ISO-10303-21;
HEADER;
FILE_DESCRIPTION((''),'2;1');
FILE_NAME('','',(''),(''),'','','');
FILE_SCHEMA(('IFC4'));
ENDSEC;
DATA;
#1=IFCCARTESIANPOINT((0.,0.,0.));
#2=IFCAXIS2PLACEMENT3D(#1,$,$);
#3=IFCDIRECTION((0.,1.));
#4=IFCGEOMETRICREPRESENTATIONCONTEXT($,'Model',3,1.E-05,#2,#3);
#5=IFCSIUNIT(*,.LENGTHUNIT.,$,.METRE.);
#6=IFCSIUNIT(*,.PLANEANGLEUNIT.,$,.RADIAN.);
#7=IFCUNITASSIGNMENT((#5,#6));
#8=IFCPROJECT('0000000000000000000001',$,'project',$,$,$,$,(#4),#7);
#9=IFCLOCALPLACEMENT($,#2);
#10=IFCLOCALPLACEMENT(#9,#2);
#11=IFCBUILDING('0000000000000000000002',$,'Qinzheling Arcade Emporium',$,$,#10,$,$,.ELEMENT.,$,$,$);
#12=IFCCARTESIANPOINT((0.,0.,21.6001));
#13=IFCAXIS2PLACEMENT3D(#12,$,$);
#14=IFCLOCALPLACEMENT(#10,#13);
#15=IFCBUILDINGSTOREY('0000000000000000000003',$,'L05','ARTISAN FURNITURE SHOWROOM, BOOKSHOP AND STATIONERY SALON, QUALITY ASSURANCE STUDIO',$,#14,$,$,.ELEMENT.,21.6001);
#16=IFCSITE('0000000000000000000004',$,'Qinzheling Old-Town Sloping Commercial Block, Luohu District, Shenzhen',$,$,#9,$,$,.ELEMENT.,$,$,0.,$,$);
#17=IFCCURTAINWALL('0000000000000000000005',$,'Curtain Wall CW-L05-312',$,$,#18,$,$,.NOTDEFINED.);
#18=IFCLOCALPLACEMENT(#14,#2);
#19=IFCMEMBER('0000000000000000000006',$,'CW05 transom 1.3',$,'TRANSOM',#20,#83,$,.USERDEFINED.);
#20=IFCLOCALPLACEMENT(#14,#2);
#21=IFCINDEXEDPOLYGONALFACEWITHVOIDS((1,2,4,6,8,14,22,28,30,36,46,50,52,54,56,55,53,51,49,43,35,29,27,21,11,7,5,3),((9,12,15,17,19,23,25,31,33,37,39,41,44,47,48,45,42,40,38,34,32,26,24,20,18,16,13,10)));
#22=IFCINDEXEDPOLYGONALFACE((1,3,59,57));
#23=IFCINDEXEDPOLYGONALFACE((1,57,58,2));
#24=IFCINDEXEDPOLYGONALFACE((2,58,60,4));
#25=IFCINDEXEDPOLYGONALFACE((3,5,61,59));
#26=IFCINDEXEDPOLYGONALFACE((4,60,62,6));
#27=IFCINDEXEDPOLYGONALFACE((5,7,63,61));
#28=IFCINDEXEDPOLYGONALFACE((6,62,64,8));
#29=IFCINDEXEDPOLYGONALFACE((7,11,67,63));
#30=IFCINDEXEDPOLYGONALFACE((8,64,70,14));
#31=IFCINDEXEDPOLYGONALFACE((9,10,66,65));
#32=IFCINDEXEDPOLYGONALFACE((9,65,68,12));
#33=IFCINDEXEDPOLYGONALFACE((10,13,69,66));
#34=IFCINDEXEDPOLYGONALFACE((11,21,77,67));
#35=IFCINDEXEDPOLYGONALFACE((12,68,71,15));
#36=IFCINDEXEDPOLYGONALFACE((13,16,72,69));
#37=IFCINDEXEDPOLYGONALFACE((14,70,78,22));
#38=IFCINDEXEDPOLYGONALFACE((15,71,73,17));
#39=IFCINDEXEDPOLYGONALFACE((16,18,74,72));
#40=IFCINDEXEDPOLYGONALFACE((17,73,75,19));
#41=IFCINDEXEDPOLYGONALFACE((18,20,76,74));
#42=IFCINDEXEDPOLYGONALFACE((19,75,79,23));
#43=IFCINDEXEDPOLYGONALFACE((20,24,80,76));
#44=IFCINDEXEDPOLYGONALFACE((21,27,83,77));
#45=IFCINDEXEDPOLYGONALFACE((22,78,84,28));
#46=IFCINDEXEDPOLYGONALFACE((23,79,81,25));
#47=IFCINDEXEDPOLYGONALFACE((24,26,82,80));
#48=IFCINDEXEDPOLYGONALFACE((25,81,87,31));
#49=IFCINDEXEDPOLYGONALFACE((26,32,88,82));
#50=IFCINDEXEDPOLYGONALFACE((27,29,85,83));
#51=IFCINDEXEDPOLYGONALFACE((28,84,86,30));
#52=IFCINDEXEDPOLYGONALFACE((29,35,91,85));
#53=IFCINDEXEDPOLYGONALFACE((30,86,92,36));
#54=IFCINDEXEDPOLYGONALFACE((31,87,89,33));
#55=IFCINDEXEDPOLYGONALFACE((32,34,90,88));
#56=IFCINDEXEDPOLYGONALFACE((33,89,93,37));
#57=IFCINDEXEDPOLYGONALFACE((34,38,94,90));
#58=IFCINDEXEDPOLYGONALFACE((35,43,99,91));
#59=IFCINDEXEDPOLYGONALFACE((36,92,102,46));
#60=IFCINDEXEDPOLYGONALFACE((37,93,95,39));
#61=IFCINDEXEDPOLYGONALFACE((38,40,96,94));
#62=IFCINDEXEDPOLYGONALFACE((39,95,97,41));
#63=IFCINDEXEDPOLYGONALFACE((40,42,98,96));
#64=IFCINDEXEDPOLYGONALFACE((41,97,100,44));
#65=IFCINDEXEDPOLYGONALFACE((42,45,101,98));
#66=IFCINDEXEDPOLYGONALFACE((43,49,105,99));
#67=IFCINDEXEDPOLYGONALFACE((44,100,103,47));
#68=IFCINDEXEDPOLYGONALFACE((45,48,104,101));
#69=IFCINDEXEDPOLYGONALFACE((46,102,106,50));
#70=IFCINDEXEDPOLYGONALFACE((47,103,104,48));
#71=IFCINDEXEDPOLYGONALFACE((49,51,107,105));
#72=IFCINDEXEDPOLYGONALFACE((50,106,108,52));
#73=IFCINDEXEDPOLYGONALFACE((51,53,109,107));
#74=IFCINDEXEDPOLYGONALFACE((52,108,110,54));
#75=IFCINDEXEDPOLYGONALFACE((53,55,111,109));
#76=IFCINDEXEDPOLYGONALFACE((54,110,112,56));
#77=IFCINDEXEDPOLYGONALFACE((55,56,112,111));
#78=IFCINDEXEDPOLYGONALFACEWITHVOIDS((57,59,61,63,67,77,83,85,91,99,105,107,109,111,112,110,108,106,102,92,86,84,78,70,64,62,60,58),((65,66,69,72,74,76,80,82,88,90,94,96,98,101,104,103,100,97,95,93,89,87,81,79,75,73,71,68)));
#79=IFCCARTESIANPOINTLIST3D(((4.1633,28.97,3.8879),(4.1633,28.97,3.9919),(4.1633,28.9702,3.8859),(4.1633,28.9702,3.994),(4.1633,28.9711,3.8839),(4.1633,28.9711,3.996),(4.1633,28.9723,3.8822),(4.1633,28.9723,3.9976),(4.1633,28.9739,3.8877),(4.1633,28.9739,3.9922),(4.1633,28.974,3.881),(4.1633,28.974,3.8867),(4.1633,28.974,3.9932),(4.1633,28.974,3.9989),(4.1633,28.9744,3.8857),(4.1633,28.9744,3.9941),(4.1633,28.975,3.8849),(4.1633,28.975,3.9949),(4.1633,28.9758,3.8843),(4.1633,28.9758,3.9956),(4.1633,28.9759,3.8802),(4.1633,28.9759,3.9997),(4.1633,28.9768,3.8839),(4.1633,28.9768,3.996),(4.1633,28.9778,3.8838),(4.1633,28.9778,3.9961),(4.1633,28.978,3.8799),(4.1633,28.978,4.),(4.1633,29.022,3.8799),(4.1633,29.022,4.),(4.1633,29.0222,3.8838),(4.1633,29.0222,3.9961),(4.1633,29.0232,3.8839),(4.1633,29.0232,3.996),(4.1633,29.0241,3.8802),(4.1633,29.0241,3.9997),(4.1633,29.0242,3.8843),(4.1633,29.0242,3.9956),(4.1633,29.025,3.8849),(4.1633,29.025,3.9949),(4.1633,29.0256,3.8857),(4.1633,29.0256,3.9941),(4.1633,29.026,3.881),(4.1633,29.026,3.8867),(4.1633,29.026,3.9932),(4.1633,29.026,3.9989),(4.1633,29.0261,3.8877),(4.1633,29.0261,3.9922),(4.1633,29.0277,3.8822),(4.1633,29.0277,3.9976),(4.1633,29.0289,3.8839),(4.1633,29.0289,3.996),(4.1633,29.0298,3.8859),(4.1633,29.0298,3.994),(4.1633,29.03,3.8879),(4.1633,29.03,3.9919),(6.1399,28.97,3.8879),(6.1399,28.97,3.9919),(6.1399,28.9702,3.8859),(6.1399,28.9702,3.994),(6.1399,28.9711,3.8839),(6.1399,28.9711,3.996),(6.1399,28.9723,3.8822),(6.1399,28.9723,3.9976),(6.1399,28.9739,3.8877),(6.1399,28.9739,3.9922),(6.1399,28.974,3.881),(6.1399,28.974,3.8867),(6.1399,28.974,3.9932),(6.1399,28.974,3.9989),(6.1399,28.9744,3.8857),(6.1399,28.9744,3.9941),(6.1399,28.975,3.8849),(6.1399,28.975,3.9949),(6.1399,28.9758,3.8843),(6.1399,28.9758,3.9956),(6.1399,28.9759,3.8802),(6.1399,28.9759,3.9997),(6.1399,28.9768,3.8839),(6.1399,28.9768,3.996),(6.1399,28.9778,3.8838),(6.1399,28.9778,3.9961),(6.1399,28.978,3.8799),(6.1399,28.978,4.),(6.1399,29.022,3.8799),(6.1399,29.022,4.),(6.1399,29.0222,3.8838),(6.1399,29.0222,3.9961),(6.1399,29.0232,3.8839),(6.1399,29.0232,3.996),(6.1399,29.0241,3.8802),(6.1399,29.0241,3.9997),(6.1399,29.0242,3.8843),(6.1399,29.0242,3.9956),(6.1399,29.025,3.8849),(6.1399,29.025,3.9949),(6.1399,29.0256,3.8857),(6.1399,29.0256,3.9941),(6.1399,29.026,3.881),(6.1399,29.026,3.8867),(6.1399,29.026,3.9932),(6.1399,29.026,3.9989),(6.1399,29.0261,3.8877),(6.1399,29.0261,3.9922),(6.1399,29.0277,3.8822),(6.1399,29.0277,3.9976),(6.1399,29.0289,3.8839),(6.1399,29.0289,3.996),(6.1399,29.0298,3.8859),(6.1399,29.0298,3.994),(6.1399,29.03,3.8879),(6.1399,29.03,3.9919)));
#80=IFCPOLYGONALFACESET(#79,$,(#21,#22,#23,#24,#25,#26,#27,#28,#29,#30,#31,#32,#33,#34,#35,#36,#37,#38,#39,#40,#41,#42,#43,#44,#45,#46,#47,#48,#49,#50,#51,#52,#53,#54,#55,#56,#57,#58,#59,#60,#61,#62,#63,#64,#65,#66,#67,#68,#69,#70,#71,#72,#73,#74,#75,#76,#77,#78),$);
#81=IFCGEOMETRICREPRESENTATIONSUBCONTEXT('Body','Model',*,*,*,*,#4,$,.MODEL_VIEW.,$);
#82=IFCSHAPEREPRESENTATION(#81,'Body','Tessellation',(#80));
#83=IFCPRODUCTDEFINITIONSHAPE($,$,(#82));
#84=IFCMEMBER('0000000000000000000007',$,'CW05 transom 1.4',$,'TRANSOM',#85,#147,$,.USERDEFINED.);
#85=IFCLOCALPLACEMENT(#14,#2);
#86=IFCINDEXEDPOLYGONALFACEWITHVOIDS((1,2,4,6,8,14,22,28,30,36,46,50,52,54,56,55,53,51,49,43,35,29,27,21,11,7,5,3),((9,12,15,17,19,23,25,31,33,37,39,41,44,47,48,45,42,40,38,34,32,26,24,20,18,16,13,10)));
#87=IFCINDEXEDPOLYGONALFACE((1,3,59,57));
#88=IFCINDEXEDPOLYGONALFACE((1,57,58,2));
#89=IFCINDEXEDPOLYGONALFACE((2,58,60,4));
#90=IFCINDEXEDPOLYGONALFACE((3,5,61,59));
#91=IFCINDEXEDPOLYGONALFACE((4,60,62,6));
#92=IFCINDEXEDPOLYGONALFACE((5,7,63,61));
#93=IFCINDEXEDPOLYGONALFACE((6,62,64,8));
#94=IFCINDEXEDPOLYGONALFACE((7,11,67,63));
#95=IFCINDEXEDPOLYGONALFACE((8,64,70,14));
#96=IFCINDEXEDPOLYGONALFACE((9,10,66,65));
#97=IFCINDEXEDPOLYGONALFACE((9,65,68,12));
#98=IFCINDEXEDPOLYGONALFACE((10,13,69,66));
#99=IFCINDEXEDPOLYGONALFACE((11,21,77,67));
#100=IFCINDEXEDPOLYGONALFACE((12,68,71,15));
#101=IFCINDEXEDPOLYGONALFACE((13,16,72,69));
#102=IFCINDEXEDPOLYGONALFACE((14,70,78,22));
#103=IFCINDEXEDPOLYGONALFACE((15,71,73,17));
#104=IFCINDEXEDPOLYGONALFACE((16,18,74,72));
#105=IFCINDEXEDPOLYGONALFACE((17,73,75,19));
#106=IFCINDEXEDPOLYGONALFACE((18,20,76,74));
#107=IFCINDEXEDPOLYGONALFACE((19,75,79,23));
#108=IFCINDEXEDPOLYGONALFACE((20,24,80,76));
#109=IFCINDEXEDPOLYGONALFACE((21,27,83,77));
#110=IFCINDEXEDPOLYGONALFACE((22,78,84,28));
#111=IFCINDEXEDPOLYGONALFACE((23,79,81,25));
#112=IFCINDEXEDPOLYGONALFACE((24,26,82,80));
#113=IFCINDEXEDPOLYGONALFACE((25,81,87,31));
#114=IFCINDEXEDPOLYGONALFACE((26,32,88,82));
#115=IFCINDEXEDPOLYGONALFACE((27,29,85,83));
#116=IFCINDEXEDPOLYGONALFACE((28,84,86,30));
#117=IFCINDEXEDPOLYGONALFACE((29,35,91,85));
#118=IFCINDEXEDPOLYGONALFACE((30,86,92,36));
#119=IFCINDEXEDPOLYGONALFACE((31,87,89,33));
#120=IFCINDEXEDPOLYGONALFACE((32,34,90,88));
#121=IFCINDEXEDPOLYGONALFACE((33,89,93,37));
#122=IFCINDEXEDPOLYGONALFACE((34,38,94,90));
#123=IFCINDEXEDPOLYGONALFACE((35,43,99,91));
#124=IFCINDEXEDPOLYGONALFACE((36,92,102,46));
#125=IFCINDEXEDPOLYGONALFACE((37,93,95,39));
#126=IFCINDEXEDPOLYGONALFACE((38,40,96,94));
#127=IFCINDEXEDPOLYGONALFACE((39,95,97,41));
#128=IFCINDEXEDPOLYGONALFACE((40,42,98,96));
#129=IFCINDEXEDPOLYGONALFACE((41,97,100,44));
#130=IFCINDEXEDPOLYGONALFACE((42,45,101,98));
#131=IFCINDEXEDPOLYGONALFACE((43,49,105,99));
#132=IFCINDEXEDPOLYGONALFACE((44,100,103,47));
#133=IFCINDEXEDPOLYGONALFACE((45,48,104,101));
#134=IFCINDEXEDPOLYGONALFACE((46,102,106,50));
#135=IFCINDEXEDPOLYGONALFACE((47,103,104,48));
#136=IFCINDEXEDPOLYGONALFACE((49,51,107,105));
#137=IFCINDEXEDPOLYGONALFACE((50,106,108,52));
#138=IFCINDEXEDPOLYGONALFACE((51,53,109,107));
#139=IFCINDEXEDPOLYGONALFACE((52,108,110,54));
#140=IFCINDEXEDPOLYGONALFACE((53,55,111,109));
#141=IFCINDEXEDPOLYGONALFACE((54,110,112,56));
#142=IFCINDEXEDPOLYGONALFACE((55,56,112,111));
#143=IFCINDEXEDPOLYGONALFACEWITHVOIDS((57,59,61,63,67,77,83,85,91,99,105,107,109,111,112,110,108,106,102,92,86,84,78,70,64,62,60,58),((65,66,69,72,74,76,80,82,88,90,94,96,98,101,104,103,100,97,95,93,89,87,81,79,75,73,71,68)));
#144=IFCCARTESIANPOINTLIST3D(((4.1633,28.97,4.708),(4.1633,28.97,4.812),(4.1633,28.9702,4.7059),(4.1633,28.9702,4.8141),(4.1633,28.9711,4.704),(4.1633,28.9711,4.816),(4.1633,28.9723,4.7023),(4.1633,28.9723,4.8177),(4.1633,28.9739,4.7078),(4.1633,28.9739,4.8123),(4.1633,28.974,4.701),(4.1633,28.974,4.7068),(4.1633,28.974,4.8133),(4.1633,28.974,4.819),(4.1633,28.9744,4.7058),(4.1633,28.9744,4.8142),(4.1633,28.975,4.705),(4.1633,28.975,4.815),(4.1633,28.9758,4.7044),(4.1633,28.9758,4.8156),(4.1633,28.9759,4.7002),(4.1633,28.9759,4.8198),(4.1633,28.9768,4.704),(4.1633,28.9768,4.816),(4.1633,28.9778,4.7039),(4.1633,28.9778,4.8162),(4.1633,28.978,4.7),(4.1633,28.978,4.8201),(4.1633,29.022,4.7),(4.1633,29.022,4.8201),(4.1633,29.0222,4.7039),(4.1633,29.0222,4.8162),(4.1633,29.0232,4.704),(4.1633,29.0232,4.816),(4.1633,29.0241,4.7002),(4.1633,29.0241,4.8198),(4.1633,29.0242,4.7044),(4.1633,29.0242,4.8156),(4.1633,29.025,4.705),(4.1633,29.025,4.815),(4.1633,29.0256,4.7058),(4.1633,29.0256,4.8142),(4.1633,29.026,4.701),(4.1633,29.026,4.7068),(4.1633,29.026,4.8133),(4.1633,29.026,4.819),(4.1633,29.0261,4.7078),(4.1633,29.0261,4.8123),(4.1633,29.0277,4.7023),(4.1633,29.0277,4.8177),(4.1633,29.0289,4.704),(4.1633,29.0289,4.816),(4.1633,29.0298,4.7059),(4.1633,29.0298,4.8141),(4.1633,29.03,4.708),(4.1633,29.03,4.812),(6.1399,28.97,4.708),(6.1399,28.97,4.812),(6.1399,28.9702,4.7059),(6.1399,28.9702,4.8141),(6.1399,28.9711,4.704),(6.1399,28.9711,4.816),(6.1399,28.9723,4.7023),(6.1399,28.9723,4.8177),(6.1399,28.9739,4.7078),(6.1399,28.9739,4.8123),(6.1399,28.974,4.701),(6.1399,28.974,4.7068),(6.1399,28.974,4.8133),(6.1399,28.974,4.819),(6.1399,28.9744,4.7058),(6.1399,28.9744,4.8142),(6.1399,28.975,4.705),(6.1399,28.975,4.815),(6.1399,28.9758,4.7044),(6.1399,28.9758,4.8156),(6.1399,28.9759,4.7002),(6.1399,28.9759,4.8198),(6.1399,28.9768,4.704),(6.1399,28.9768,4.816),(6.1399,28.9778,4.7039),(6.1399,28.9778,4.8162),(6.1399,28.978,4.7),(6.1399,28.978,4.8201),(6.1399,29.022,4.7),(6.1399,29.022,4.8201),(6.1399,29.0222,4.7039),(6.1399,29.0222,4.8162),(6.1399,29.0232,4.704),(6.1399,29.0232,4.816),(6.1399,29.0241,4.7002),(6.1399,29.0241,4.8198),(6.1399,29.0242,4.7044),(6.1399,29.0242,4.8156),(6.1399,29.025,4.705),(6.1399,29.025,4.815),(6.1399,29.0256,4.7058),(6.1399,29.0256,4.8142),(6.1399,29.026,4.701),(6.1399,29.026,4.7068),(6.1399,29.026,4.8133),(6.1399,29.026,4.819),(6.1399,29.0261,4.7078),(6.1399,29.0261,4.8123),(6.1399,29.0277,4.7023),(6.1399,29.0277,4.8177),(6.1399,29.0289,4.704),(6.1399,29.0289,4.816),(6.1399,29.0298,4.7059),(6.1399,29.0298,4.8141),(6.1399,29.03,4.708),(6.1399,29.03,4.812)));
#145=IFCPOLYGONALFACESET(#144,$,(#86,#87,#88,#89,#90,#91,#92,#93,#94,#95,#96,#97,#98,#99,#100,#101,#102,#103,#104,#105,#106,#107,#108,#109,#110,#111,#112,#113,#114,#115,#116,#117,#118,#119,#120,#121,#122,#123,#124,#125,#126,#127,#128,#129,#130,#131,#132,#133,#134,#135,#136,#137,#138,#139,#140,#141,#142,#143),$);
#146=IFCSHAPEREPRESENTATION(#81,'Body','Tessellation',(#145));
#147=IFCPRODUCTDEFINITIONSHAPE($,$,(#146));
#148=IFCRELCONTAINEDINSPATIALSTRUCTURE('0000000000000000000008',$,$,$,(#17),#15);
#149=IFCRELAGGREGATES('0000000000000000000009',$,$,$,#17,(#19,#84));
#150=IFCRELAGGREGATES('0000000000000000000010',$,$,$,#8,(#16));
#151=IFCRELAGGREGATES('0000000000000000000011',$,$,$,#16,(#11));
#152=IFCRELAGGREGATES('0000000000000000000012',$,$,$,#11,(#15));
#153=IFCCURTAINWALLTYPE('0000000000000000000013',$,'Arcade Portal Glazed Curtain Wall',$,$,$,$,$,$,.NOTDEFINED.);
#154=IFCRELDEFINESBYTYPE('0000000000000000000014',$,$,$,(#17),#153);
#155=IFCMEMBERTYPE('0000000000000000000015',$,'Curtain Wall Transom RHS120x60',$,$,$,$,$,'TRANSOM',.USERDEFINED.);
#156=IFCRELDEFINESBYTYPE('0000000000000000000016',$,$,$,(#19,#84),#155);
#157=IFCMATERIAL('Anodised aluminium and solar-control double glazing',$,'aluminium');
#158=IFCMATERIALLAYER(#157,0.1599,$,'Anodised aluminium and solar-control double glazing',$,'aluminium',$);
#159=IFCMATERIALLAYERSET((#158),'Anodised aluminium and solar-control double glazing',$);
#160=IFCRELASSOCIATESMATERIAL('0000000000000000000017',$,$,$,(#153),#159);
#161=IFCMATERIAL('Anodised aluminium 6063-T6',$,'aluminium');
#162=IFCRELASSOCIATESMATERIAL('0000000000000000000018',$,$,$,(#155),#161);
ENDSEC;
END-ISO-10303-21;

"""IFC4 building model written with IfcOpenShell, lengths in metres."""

from ifc_helpers import new_model, si_unit, direction, frame, origin, origin_2d, place, context, subcontext, project, spatial, hollow_rectangle, extrude, material, layer, layer_set, material_profile, profile_set, type_object, element, aggregate, save


model = new_model("IFC4")

# Units and contexts
model_context = context("Model", 3, precision=1e-05, world=origin(), true_north=direction((0.0, 1.0)))
body_context = subcontext(model_context, "Body", "Model", "MODEL_VIEW")
ifc_project = project(units=[si_unit("LENGTHUNIT", "METRE"), si_unit("PLANEANGLEUNIT", "RADIAN")], contexts=[model_context])

# Site, building, storey
site_placement = place(None, origin())
site = spatial("IfcSite", under=ifc_project, at=site_placement, Name="Qinzheling Old-Town Sloping Commercial Block, Luohu District, Shenzhen", CompositionType="ELEMENT", RefElevation=0.0)
building_placement = place(site_placement, origin())
building = spatial("IfcBuilding", under=site, at=building_placement, Name="Qinzheling Arcade Emporium", CompositionType="ELEMENT")
storey_placement = place(building_placement, frame((0.0, 0.0, 21.6001)))
storey = spatial("IfcBuildingStorey", under=building, at=storey_placement, Name="L05", Description="ARTISAN FURNITURE SHOWROOM, BOOKSHOP AND STATIONERY SALON, QUALITY ASSURANCE STUDIO", CompositionType="ELEMENT", Elevation=21.6001)

# Shared definitions
ifc_material_1 = material(Name="Anodised aluminium and solar-control double glazing", Category="aluminium")
ifc_material_2 = material(Name="Anodised aluminium 6063-T6", Category="aluminium")

# Curtain wall
ifc_layer_1 = layer(ifc_material_1, 0.1599, Name="Anodised aluminium and solar-control double glazing", Category="aluminium")
ifc_layer_set_1 = layer_set([ifc_layer_1], Name="Anodised aluminium and solar-control double glazing")
curtain_wall_type_1 = type_object("IfcCurtainWallType", Name="Arcade Portal Glazed Curtain Wall", PredefinedType="NOTDEFINED", material=ifc_layer_set_1)
curtain_wall_1_placement = place(storey_placement, origin())
curtain_wall_1 = element("IfcCurtainWall", 1, at=curtain_wall_1_placement, inside=storey, type_object=curtain_wall_type_1, Name="Curtain Wall CW-L05-312", PredefinedType="NOTDEFINED")

# Members
ifc_material_profile_1 = material_profile(ifc_material_2, hollow_rectangle(XDim=0.0601, YDim=0.1201, WallThickness=0.0039, InnerFilletRadius=0.0039, OuterFilletRadius=0.0081, at=origin_2d()), Name="RHS 120x60x4", Category="aluminium")
ifc_profile_set_1 = profile_set([ifc_material_profile_1], Name="Anodised aluminium 6063-T6")
member_type_1 = type_object("IfcMemberType", Name="Curtain Wall Transom RHS120x60", ElementType="TRANSOM", PredefinedType="USERDEFINED", material=ifc_profile_set_1)
member_1_placement = place(storey_placement, frame((6.1399, 29.0, 3.9399), z_axis=(-1.0, 0.0, 0.0), x_axis=(0.0, -1.0, 0.0)))
member_1 = element("IfcMember", 2, at=member_1_placement, type_object=member_type_1, Name="CW05 transom 1.3", ObjectType="TRANSOM", PredefinedType="USERDEFINED", context=body_context, shape_type="SweptSolid", body=[
    extrude(hollow_rectangle(XDim=0.0601, YDim=0.1201, WallThickness=0.0039, InnerFilletRadius=0.0039, OuterFilletRadius=0.0081, at=origin_2d()), origin(), (0.0, 0.0, 1.0), 1.9766),
])
member_2_placement = place(storey_placement, frame((6.1399, 29.0, 4.76), z_axis=(-1.0, 0.0, 0.0), x_axis=(0.0, -1.0, 0.0)))
member_2 = element("IfcMember", 3, at=member_2_placement, type_object=member_type_1, Name="CW05 transom 1.4", ObjectType="TRANSOM", PredefinedType="USERDEFINED", context=body_context, shape_type="SweptSolid", body=[
    extrude(hollow_rectangle(XDim=0.0601, YDim=0.1201, WallThickness=0.0039, InnerFilletRadius=0.0039, OuterFilletRadius=0.0081, at=origin_2d()), origin(), (0.0, 0.0, 1.0), 1.9766),
])

aggregate(curtain_wall_1, [member_1, member_2])

save(model, "model.ifc")
